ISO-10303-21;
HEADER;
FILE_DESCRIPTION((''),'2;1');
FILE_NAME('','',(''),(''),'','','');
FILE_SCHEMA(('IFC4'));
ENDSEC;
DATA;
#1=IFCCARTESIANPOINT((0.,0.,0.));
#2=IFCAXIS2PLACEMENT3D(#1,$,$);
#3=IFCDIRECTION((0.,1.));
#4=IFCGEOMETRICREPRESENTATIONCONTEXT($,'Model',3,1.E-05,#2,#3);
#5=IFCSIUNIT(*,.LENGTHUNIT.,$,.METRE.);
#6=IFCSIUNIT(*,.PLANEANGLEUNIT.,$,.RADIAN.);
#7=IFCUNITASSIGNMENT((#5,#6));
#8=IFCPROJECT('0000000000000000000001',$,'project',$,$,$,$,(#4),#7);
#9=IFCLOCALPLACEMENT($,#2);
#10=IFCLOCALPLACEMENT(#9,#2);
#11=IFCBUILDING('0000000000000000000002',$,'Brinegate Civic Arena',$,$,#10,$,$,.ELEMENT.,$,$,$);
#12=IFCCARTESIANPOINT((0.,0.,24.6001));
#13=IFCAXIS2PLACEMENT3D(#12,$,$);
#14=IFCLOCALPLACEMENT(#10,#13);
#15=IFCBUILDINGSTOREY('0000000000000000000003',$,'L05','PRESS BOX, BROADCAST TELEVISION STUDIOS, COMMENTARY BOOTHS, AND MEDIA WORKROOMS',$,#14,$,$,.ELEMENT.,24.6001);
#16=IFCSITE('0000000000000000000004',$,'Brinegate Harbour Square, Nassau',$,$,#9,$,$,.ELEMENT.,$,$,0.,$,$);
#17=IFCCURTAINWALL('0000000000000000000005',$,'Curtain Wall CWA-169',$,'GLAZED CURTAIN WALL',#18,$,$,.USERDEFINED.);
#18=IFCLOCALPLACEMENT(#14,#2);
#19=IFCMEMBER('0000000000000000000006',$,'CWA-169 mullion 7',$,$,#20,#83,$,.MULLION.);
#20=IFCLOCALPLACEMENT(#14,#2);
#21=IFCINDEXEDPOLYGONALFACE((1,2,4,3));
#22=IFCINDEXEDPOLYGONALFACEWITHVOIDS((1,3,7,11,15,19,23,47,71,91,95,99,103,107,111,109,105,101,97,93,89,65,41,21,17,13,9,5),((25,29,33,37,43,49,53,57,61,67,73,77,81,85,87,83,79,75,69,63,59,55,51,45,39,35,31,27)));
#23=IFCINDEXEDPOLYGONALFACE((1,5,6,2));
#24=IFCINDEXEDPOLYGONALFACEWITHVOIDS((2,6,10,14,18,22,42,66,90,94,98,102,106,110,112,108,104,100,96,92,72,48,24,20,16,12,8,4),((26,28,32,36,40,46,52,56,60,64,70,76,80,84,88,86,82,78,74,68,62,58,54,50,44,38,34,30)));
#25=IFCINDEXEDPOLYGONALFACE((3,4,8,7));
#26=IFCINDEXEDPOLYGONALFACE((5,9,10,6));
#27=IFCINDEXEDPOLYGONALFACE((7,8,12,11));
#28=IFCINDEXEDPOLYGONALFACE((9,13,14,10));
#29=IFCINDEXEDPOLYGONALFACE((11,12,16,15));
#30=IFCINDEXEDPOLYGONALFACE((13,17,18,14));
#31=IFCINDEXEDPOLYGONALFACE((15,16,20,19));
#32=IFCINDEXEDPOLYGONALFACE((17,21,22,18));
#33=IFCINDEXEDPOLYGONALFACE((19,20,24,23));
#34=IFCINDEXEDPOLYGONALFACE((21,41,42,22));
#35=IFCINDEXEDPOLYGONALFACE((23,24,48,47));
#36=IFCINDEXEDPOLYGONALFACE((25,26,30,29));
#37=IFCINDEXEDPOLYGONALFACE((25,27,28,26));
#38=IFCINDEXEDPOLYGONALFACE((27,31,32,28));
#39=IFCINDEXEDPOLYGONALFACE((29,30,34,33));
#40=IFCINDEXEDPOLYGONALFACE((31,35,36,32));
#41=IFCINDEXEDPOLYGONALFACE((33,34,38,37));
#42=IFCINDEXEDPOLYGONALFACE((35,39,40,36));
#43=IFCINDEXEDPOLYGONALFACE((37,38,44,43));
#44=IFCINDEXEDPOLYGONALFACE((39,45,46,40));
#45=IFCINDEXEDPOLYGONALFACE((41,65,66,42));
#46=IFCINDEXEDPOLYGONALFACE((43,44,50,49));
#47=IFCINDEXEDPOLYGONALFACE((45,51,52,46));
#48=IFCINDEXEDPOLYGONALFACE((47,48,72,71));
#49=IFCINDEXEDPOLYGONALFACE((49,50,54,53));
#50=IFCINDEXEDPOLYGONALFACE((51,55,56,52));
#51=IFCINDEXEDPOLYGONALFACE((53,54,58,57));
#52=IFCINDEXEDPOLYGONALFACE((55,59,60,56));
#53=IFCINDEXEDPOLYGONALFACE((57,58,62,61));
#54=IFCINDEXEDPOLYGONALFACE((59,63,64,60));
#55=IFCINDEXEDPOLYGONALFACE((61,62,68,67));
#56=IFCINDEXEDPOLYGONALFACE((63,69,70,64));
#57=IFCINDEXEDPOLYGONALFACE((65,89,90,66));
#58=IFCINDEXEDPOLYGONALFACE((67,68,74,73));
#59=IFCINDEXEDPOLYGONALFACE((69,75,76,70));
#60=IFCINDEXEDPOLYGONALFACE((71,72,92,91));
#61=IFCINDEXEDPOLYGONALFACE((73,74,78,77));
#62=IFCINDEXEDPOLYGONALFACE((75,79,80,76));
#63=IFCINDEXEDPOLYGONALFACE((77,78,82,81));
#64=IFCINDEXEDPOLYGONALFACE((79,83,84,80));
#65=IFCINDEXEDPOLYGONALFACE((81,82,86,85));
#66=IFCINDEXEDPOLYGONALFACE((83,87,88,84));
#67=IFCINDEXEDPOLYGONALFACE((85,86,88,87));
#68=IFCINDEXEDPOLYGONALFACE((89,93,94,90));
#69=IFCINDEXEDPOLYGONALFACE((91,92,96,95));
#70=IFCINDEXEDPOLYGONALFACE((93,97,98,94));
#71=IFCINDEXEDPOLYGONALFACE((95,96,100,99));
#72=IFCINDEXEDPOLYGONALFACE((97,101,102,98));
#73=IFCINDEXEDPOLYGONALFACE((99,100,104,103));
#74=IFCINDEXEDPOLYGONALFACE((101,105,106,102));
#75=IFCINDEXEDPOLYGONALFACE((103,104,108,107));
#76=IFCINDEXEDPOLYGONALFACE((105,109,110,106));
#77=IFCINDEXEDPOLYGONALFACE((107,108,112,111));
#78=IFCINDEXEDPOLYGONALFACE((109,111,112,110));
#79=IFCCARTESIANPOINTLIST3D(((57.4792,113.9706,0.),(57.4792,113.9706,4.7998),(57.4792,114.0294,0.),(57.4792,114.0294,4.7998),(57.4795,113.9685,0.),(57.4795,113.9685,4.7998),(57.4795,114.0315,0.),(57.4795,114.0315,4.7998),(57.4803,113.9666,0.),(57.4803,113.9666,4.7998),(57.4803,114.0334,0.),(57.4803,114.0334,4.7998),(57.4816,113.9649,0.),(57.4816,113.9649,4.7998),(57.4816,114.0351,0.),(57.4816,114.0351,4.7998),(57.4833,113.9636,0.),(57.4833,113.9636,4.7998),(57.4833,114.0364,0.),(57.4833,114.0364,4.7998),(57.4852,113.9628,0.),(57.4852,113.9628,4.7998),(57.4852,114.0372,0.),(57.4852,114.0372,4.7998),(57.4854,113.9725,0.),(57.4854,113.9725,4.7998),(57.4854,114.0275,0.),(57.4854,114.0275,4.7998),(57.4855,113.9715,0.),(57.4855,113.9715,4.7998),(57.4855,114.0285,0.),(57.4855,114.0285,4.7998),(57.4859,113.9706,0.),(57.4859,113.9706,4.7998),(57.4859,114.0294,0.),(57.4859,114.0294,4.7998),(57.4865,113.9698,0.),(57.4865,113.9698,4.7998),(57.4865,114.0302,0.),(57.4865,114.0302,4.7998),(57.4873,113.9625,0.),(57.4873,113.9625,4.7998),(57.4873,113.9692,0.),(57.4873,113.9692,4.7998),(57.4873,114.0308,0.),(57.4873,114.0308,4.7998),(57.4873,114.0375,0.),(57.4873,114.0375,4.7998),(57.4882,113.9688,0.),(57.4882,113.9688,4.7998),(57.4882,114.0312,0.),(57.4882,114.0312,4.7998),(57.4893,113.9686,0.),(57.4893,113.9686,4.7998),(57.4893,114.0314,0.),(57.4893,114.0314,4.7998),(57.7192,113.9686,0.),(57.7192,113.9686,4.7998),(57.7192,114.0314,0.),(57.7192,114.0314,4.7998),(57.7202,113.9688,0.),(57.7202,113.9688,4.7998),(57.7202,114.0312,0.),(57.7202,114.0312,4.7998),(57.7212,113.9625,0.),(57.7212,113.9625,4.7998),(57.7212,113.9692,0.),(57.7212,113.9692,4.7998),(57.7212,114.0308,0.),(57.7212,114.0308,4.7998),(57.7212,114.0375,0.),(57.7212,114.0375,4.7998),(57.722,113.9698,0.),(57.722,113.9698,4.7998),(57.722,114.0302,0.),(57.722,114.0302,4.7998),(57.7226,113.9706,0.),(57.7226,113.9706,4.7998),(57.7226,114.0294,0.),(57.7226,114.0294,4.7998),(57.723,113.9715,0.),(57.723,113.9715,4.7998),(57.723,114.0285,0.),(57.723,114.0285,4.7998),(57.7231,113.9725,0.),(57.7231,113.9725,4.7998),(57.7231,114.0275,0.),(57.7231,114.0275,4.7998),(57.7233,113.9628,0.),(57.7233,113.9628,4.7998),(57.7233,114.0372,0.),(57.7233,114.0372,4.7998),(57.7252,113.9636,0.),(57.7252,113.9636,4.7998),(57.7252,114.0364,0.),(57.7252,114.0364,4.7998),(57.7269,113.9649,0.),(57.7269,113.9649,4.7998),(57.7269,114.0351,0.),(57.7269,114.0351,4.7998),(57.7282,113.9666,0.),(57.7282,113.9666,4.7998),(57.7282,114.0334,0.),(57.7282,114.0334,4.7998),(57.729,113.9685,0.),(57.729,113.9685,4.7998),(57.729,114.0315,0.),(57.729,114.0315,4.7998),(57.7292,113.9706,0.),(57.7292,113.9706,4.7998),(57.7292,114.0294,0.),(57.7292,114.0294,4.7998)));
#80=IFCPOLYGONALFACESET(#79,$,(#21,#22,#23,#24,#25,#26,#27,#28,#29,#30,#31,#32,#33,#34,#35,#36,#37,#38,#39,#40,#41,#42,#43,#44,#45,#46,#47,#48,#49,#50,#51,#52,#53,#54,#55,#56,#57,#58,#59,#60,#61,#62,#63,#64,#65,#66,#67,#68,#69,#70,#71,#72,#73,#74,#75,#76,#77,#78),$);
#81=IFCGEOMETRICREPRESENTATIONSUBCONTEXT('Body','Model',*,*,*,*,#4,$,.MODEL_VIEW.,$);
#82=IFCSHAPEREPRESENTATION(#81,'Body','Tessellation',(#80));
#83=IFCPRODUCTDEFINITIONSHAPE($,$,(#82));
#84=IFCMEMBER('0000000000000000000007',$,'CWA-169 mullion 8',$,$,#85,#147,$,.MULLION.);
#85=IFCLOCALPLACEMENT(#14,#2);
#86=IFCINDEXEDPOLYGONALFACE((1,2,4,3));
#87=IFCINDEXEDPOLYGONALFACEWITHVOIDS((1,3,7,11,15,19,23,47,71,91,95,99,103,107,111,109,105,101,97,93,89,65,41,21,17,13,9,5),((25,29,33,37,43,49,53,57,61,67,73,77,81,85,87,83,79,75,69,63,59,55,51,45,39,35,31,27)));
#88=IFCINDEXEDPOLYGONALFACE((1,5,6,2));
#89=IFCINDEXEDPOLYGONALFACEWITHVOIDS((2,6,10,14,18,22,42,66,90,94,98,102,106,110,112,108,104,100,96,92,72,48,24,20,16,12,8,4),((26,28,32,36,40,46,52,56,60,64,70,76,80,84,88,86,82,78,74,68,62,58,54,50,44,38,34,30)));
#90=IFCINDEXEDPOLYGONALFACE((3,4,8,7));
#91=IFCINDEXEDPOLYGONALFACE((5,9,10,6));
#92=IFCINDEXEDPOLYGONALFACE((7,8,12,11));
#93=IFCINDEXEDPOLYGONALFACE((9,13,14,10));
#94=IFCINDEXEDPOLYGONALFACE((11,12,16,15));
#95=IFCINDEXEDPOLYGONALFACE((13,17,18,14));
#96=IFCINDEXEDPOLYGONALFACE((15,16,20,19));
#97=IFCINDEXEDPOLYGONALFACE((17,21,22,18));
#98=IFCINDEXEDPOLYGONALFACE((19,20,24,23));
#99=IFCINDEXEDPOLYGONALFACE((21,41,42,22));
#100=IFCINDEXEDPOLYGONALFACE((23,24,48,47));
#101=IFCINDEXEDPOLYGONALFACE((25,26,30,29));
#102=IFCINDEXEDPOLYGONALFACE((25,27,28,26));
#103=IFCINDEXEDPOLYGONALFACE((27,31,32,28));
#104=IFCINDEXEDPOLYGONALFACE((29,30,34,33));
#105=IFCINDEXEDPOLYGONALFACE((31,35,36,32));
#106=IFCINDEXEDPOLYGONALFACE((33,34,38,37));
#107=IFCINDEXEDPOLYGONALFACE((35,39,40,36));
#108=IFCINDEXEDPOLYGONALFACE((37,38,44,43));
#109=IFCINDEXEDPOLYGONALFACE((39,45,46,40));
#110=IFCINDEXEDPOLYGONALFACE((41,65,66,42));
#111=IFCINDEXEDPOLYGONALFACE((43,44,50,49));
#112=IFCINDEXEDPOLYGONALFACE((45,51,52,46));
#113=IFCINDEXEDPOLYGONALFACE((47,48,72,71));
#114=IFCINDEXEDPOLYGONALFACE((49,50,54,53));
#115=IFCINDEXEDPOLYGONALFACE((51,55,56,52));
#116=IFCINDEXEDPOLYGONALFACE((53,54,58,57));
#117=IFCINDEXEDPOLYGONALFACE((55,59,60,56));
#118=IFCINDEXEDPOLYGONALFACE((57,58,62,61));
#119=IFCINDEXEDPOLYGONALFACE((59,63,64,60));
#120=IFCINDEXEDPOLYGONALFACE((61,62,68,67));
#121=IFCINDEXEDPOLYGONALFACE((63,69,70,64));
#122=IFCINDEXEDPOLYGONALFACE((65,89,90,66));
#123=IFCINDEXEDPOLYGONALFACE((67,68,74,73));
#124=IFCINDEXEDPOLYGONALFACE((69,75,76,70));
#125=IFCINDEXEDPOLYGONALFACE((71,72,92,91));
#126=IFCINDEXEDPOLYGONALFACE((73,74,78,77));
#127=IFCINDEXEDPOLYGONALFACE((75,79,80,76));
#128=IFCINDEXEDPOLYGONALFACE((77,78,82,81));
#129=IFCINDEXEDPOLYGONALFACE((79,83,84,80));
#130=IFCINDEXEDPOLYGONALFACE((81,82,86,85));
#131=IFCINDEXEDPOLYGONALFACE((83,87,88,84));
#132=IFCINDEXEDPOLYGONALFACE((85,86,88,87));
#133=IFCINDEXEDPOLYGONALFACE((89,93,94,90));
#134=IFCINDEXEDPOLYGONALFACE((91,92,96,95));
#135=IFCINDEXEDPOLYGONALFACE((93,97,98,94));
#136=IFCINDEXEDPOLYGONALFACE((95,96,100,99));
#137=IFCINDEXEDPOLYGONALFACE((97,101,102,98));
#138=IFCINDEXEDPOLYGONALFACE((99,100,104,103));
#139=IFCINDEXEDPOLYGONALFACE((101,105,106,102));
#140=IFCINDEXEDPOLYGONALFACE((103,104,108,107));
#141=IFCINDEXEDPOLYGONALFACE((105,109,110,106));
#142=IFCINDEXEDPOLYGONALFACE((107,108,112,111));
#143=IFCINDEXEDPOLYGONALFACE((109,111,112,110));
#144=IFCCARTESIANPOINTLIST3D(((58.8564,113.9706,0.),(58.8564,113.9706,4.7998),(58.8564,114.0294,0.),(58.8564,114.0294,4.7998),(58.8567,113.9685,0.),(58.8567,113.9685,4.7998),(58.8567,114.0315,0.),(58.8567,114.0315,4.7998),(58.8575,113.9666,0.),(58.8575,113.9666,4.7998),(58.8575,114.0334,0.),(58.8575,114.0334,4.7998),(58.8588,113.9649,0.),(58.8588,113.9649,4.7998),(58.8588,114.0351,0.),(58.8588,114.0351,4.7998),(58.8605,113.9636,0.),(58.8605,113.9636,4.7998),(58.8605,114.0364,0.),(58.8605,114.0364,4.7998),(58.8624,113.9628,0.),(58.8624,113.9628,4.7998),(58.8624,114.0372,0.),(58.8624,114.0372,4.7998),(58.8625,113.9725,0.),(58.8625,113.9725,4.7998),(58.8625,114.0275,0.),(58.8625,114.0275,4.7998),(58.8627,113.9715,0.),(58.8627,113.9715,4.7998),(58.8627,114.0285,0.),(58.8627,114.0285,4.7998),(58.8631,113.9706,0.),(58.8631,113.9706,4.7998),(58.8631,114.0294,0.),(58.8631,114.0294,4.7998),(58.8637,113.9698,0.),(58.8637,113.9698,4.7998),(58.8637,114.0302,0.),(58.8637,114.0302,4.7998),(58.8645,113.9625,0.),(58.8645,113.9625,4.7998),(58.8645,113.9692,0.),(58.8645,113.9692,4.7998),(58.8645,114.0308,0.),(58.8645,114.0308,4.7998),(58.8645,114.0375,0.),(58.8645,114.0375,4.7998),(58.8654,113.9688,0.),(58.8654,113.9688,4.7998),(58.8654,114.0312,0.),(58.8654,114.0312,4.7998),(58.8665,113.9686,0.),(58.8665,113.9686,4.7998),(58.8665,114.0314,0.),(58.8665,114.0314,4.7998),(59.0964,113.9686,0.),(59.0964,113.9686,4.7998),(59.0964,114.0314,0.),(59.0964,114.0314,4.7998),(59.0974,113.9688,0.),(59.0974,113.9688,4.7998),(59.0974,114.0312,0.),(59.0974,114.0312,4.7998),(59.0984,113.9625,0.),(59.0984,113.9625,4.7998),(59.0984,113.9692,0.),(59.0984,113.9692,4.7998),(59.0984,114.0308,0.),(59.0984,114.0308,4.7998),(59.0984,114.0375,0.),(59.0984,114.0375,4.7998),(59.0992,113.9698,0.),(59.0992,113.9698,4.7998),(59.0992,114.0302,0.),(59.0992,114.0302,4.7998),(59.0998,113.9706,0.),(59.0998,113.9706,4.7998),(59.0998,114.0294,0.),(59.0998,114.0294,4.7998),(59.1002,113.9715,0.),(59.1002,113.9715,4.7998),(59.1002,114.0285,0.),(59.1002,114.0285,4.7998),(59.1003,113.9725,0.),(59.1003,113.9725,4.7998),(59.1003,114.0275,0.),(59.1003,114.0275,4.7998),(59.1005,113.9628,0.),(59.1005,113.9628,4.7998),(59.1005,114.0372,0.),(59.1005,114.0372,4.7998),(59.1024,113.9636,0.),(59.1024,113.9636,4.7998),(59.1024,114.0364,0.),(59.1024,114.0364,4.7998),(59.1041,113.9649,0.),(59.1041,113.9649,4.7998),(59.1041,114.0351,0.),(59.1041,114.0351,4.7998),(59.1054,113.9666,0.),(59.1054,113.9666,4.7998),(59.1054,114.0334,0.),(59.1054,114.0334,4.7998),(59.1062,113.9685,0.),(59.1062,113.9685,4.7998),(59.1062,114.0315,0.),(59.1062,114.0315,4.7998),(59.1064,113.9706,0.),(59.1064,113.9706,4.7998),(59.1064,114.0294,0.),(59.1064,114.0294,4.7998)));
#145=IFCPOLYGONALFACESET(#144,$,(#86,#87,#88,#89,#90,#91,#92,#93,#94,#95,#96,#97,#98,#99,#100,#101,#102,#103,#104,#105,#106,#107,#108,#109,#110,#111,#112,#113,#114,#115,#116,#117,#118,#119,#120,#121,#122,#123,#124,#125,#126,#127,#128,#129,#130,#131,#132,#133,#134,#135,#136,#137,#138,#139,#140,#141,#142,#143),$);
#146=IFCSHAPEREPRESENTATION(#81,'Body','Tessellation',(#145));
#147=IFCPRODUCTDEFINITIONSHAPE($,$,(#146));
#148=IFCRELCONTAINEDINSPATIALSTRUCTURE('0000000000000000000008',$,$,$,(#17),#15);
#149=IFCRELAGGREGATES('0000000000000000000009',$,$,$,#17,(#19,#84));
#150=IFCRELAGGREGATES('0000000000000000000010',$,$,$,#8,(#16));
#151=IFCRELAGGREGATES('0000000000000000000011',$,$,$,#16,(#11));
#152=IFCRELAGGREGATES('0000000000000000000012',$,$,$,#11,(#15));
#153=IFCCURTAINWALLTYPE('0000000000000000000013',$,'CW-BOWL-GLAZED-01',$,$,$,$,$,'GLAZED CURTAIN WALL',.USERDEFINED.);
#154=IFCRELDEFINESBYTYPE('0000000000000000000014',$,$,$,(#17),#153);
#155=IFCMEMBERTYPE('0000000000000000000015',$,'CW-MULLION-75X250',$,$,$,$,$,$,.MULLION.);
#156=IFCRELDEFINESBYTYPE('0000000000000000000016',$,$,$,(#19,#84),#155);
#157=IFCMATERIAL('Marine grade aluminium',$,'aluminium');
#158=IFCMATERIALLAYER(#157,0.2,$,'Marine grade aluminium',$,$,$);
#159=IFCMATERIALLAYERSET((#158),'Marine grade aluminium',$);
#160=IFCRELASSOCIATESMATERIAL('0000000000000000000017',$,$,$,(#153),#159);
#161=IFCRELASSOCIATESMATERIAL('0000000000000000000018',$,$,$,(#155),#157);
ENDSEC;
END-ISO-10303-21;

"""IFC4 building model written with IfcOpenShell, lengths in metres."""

from ifc_helpers import new_model, si_unit, direction, frame, origin, origin_2d, place, context, subcontext, project, spatial, hollow_rectangle, extrude, material, layer, layer_set, material_profile, profile_set, type_object, element, aggregate, save


model = new_model("IFC4")

# Units and contexts
model_context = context("Model", 3, precision=1e-05, world=origin(), true_north=direction((0.0, 1.0)))
body_context = subcontext(model_context, "Body", "Model", "MODEL_VIEW")
ifc_project = project(units=[si_unit("LENGTHUNIT", "METRE"), si_unit("PLANEANGLEUNIT", "RADIAN")], contexts=[model_context])

# Site, building, storey
site_placement = place(None, origin())
site = spatial("IfcSite", under=ifc_project, at=site_placement, Name="Brinegate Harbour Square, Nassau", CompositionType="ELEMENT", RefElevation=0.0)
building_placement = place(site_placement, origin())
building = spatial("IfcBuilding", under=site, at=building_placement, Name="Brinegate Civic Arena", CompositionType="ELEMENT")
storey_placement = place(building_placement, frame((0.0, 0.0, 24.6001)))
storey = spatial("IfcBuildingStorey", under=building, at=storey_placement, Name="L05", Description="PRESS BOX, BROADCAST TELEVISION STUDIOS, COMMENTARY BOOTHS, AND MEDIA WORKROOMS", CompositionType="ELEMENT", Elevation=24.6001)

# Shared definitions
ifc_material_1 = material(Name="Marine grade aluminium", Category="aluminium")
ifc_layer_1 = layer(ifc_material_1, 0.2, Name="Marine grade aluminium")
ifc_layer_set_1 = layer_set([ifc_layer_1], Name="Marine grade aluminium")
curtain_wall_type = type_object("IfcCurtainWallType", Name="CW-BOWL-GLAZED-01", ElementType="GLAZED CURTAIN WALL", PredefinedType="USERDEFINED", material=ifc_layer_set_1)

# Curtain wall, members
curtain_wall_1_placement = place(storey_placement, origin())
curtain_wall_1 = element("IfcCurtainWall", 1, at=curtain_wall_1_placement, inside=storey, type_object=curtain_wall_type, Name="Curtain Wall CWA-169", ObjectType="GLAZED CURTAIN WALL", PredefinedType="USERDEFINED")
ifc_material_profile_1 = material_profile(ifc_material_1, hollow_rectangle(XDim=0.075, YDim=0.25, WallThickness=0.0061, InnerFilletRadius=0.0039, OuterFilletRadius=0.0081, at=origin_2d()), Name="MUL75X250")
ifc_profile_set_1 = profile_set([ifc_material_profile_1], Name="Marine grade aluminium")
member_type_1 = type_object("IfcMemberType", Name="CW-MULLION-75X250", PredefinedType="MULLION", material=ifc_profile_set_1)
member_1_placement = place(storey_placement, frame((57.6042, 114.0, 0.0), z_axis=(0.0, 0.0, 1.0), x_axis=(0.0, 1.0, 0.0)))
member_1 = element("IfcMember", 2, at=member_1_placement, type_object=member_type_1, Name="CWA-169 mullion 7", PredefinedType="MULLION", context=body_context, shape_type="SweptSolid", body=[
    extrude(hollow_rectangle(XDim=0.075, YDim=0.25, WallThickness=0.0061, InnerFilletRadius=0.0039, OuterFilletRadius=0.0081, at=origin_2d()), origin(), (0.0, 0.0, 1.0), 4.7998),
])
member_2_placement = place(storey_placement, frame((58.9814, 114.0, 0.0), z_axis=(0.0, 0.0, 1.0), x_axis=(0.0, 1.0, 0.0)))
member_2 = element("IfcMember", 3, at=member_2_placement, type_object=member_type_1, Name="CWA-169 mullion 8", PredefinedType="MULLION", context=body_context, shape_type="SweptSolid", body=[
    extrude(hollow_rectangle(XDim=0.075, YDim=0.25, WallThickness=0.0061, InnerFilletRadius=0.0039, OuterFilletRadius=0.0081, at=origin_2d()), origin(), (0.0, 0.0, 1.0), 4.7998),
])

aggregate(curtain_wall_1, [member_1, member_2])

save(model, "model.ifc")
